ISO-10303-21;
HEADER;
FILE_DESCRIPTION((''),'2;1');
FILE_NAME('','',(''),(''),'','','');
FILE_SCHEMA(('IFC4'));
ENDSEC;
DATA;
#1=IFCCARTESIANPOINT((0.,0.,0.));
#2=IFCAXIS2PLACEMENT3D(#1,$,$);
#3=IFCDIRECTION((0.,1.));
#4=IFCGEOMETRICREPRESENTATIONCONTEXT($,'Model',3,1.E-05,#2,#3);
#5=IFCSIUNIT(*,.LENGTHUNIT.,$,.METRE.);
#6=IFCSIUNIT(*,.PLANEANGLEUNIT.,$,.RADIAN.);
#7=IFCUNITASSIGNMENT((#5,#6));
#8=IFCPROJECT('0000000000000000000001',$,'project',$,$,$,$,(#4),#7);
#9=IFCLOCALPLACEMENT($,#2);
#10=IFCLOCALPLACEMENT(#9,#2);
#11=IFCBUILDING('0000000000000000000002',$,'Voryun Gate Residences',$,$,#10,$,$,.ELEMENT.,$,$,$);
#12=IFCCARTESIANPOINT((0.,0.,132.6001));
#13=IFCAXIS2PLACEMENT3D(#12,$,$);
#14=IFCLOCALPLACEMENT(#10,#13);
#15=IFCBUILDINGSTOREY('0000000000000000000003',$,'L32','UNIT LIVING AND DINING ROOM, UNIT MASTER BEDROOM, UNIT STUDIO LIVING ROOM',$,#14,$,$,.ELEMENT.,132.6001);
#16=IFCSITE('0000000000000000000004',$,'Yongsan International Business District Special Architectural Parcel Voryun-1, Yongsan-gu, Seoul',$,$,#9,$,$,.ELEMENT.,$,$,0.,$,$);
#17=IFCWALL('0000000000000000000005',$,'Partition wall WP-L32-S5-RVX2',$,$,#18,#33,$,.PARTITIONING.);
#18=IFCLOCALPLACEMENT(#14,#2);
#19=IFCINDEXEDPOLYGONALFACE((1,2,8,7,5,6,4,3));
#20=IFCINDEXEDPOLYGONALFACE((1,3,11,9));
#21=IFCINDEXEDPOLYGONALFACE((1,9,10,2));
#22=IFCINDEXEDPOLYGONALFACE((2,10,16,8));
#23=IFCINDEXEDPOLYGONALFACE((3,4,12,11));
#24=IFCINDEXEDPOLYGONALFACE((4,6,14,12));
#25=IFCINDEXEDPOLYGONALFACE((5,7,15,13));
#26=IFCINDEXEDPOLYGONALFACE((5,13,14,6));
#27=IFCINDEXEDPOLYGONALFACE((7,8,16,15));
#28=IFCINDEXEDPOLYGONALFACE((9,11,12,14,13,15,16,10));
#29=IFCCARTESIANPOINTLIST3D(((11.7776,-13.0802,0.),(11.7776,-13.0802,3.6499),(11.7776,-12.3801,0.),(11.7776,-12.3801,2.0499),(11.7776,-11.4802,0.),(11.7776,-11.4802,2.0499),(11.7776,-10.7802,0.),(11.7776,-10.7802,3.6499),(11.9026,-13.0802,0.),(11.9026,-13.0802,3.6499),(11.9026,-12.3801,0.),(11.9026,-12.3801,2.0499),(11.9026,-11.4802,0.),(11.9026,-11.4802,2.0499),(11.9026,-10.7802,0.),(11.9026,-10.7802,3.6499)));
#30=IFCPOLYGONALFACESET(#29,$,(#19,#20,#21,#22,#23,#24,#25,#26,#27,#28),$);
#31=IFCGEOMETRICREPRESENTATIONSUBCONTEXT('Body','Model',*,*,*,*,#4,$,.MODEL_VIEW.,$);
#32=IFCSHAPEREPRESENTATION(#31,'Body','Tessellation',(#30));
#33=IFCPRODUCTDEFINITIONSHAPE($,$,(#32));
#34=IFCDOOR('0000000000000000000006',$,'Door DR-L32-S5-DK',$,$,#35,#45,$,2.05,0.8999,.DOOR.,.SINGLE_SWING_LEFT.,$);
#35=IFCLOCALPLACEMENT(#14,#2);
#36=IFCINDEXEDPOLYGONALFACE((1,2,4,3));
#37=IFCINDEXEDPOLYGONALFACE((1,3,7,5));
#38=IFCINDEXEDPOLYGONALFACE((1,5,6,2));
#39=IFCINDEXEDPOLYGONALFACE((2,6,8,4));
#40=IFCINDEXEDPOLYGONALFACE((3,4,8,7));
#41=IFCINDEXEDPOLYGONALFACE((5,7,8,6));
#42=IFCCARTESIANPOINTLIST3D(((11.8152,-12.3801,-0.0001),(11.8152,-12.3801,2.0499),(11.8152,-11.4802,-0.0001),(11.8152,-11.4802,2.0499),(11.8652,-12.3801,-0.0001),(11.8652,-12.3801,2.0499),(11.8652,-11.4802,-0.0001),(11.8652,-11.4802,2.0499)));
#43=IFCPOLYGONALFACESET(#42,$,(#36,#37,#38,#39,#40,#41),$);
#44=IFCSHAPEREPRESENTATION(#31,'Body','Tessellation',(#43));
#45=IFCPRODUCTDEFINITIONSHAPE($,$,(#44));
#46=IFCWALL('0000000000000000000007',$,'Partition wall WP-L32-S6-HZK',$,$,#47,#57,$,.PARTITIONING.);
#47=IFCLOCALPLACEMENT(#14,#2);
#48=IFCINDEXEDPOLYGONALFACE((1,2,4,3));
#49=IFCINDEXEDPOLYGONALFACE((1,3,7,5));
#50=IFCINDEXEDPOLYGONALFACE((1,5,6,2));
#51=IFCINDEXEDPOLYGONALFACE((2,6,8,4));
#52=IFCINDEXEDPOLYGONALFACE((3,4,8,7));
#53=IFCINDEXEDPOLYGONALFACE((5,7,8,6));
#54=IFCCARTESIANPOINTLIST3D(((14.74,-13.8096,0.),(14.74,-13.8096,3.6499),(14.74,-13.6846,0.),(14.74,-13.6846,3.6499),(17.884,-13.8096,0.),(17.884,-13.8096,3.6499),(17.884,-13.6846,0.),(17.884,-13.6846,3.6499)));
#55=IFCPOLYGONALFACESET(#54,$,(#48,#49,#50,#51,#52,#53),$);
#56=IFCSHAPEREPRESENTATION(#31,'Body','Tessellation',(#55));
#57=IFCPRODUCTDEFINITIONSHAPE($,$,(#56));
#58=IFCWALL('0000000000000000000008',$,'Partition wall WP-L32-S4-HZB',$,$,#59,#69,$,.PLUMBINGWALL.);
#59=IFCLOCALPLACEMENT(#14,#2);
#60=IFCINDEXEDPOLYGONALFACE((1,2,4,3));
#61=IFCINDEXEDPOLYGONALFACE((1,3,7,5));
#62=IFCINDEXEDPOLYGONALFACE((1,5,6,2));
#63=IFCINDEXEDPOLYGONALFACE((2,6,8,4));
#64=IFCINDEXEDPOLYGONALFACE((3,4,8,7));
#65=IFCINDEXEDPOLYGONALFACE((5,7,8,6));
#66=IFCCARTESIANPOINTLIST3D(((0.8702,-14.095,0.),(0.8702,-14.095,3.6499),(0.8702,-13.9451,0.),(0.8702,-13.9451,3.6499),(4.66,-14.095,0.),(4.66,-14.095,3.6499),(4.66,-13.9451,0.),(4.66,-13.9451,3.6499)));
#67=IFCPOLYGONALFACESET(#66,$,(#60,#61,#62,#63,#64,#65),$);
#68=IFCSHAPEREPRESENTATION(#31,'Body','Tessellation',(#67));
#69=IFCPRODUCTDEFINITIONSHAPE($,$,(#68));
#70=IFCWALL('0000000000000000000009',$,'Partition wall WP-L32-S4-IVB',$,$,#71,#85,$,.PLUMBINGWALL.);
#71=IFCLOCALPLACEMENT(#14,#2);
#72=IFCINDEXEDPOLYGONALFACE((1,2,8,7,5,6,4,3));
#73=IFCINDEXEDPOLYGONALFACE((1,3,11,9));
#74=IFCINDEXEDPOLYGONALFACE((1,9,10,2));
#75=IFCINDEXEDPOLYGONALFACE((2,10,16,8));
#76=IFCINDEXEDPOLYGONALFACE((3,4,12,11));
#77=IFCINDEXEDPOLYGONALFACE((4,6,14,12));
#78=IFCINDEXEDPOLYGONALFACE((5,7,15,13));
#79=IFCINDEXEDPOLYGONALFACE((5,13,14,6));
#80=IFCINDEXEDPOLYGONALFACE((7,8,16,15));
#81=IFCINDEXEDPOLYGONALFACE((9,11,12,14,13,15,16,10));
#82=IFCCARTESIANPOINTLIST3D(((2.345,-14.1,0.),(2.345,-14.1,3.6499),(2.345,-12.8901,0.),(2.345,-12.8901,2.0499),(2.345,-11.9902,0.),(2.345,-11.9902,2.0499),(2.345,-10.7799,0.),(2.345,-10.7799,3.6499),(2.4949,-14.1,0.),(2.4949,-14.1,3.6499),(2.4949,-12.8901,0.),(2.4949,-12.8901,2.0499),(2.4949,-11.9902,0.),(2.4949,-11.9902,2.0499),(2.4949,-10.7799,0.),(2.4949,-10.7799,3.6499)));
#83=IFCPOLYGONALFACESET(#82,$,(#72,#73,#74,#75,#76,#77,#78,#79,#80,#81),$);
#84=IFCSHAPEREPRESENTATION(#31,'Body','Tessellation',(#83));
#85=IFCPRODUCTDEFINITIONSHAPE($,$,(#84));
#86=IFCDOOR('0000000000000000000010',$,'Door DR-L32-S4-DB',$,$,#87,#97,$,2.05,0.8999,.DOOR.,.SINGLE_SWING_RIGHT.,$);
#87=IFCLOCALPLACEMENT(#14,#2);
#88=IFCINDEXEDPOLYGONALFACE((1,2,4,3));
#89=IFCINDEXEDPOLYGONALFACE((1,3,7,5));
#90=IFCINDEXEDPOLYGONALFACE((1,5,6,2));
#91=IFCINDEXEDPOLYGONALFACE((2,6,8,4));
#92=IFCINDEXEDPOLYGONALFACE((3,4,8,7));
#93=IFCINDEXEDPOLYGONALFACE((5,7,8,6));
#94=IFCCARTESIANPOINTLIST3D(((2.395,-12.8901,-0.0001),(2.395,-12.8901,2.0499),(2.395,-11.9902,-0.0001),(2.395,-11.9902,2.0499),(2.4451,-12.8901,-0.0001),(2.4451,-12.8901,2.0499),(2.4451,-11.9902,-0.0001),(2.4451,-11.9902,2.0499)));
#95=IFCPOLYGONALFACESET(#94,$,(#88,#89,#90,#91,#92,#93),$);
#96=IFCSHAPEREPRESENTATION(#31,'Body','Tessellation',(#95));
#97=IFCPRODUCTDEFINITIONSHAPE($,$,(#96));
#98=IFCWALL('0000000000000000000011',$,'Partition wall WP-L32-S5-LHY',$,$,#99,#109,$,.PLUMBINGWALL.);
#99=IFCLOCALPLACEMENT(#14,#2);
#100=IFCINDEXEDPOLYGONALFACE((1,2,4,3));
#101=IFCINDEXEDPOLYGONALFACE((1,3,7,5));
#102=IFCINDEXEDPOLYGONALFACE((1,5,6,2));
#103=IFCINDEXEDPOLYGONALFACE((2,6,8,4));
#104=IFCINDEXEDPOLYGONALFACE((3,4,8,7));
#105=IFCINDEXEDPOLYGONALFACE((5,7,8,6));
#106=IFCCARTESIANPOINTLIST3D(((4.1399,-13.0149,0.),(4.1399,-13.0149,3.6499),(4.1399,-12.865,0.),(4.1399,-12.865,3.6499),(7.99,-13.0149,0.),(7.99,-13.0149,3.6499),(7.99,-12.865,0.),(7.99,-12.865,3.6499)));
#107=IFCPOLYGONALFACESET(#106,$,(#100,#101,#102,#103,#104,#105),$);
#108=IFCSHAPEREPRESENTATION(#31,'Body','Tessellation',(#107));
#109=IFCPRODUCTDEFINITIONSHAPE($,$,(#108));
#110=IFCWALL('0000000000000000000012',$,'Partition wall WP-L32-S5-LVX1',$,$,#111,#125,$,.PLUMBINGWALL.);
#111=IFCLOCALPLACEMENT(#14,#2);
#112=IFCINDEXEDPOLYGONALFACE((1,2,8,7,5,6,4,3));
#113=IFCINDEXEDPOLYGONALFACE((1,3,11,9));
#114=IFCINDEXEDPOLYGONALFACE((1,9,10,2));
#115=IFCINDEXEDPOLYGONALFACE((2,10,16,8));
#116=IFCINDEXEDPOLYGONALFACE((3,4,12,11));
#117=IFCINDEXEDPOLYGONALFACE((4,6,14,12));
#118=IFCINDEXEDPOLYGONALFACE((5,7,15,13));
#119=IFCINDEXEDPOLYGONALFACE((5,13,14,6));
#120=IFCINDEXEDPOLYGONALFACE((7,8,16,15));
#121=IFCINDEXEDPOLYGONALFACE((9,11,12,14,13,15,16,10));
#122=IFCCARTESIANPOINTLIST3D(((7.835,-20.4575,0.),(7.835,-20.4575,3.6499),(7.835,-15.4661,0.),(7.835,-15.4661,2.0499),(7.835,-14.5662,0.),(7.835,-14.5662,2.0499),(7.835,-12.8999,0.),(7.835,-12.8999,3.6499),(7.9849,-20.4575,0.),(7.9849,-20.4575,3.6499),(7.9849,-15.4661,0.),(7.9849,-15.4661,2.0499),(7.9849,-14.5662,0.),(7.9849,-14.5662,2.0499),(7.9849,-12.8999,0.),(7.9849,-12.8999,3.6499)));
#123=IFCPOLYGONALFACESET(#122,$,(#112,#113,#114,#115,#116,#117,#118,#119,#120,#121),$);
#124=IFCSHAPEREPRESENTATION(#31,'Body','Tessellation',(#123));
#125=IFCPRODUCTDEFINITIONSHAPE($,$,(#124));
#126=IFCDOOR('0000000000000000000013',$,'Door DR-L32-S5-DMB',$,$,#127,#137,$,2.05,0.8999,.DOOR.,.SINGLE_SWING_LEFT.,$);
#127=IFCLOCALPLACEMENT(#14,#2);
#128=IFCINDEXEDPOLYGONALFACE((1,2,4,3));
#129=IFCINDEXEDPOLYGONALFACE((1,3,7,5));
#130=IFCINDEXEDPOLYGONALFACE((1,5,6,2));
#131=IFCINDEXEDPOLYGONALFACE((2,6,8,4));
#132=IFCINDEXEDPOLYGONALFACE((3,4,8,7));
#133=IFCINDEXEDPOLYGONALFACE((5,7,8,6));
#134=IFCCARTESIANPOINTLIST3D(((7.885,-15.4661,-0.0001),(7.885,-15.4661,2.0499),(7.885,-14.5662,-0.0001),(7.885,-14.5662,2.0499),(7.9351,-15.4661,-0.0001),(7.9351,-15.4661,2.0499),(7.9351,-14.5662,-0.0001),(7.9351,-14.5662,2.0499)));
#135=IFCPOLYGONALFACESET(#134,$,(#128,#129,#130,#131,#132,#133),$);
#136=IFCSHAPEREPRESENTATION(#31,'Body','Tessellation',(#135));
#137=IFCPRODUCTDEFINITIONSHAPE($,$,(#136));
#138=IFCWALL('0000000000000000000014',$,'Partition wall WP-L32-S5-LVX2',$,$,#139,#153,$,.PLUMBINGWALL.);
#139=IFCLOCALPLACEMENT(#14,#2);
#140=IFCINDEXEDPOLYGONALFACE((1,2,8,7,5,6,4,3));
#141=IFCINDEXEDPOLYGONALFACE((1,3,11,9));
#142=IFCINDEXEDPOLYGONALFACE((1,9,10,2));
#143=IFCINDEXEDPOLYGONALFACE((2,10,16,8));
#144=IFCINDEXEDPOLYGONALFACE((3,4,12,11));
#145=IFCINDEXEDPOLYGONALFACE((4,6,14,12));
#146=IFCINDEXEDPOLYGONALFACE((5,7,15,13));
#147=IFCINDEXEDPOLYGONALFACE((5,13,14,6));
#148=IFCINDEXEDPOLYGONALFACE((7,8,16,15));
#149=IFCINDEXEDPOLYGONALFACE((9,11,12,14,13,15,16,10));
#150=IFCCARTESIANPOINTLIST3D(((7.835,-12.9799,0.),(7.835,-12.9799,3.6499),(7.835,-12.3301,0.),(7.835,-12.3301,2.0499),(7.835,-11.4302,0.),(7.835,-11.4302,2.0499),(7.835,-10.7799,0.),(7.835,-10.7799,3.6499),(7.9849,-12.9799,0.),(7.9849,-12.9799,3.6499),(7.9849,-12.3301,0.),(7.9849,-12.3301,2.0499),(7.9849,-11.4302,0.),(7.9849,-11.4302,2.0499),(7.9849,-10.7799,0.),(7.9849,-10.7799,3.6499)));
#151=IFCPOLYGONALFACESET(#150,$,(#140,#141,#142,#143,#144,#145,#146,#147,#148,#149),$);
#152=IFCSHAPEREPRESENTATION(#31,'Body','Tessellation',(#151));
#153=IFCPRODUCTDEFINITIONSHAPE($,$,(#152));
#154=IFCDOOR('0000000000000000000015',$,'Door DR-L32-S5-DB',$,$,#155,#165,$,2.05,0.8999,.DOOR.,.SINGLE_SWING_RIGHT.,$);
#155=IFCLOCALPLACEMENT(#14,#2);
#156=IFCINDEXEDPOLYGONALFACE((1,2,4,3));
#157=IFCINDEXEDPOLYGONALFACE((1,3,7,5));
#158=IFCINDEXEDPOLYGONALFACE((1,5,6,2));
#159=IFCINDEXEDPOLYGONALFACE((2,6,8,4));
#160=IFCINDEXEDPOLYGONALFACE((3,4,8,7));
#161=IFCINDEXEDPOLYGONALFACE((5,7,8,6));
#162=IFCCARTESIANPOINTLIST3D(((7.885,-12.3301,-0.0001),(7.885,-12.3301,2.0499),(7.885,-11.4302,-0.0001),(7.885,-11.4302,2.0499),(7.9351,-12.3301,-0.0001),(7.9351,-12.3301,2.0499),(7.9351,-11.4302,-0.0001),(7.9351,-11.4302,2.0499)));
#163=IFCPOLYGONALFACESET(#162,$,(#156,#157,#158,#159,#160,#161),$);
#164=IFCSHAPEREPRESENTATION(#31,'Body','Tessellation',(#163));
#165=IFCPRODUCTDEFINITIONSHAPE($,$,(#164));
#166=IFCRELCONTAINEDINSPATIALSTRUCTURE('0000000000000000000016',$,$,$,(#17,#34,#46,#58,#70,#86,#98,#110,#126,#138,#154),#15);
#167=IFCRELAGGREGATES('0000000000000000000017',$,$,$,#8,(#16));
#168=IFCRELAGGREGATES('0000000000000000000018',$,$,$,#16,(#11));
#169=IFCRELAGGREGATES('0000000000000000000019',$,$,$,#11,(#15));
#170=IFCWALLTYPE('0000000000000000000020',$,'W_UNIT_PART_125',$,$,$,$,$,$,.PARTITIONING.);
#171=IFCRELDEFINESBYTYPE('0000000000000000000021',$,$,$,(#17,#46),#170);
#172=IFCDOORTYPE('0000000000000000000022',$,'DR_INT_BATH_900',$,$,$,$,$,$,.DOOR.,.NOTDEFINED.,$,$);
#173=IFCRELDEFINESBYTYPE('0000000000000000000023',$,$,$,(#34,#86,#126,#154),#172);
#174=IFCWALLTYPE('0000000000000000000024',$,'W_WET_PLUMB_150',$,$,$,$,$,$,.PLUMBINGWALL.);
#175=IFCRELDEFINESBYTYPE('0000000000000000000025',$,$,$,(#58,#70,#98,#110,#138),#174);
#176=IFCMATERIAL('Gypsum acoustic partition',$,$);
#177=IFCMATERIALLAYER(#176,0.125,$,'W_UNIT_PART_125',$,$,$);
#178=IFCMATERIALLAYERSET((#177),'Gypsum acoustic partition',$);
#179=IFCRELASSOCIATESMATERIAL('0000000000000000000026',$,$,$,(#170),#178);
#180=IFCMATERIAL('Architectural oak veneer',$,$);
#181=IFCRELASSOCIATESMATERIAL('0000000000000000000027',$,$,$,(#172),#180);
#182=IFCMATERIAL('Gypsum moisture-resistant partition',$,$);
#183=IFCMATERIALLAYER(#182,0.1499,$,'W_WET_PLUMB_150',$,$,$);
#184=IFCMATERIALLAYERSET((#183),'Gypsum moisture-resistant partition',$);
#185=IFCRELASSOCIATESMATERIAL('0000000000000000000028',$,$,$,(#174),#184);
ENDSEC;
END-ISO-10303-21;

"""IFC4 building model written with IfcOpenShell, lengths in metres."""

from ifc_helpers import new_model, si_unit, direction, frame, frame_2d, origin, place, context, subcontext, project, spatial, rectangle, extrude, material, layer, layer_set, type_object, element, fill, save


model = new_model("IFC4")

# Units and contexts
model_context = context("Model", 3, precision=1e-05, world=origin(), true_north=direction((0.0, 1.0)))
body_context = subcontext(model_context, "Body", "Model", "MODEL_VIEW")
ifc_project = project(units=[si_unit("LENGTHUNIT", "METRE"), si_unit("PLANEANGLEUNIT", "RADIAN")], contexts=[model_context])

# Site, building, storey
site_placement = place(None, origin())
site = spatial("IfcSite", under=ifc_project, at=site_placement, Name="Yongsan International Business District Special Architectural Parcel Voryun-1, Yongsan-gu, Seoul", CompositionType="ELEMENT", RefElevation=0.0)
building_placement = place(site_placement, origin())
building = spatial("IfcBuilding", under=site, at=building_placement, Name="Voryun Gate Residences", CompositionType="ELEMENT")
storey_placement = place(building_placement, frame((0.0, 0.0, 132.6001)))
storey = spatial("IfcBuildingStorey", under=building, at=storey_placement, Name="L32", Description="UNIT LIVING AND DINING ROOM, UNIT MASTER BEDROOM, UNIT STUDIO LIVING ROOM", CompositionType="ELEMENT", Elevation=132.6001)

# Shared definitions
ifc_material_1 = material(Name="Gypsum acoustic partition")
ifc_layer_1 = layer(ifc_material_1, 0.125, Name="W_UNIT_PART_125")
ifc_layer_set_1 = layer_set([ifc_layer_1], Name="Gypsum acoustic partition")
wall_type_1 = type_object("IfcWallType", Name="W_UNIT_PART_125", PredefinedType="PARTITIONING", material=ifc_layer_set_1)
ifc_material_2 = material(Name="Architectural oak veneer")
door_type_1 = type_object("IfcDoorType", Name="DR_INT_BATH_900", OperationType="NOTDEFINED", PredefinedType="DOOR", material=ifc_material_2)

# Wall, opening, door
wall_1_placement = place(storey_placement, frame((11.8401, -13.0801, 0.0), z_axis=(0.0, 0.0, 1.0), x_axis=(0.0, 1.0, 0.0)))
wall_1 = element("IfcWall", 1, at=wall_1_placement, inside=storey, type_object=wall_type_1, Name="Partition wall WP-L32-S5-RVX2", PredefinedType="PARTITIONING", context=body_context, shape_type="SweptSolid", body=[
    extrude(rectangle(XDim=2.3, YDim=0.125, at=frame_2d((1.1499, 0.0))), origin(), (0.0, 0.0, 1.0), 3.6499),
])
opening_1_placement = place(wall_1_placement, frame((0.7, 0.0, 0.0)))
opening_1 = element("IfcOpeningElement", 2, at=opening_1_placement, cuts=wall_1, PredefinedType="OPENING", context=body_context, shape_type="SweptSolid", body=[
    extrude(rectangle(XDim=0.8999, YDim=2.05, at=frame_2d((0.45, 1.0249))), frame((0.0, 0.0725, 0.0), z_axis=(0.0, -1.0, 0.0), x_axis=(1.0, 0.0, 0.0)), (0.0, 0.0, 1.0), 0.145),
])
door_1_placement = place(opening_1_placement, origin())
door_1 = element("IfcDoor", 3, at=door_1_placement, inside=storey, type_object=door_type_1, Name="Door DR-L32-S5-DK", OperationType="SINGLE_SWING_LEFT", OverallHeight=2.05, OverallWidth=0.8999, PredefinedType="DOOR", context=body_context, shape_type="SweptSolid", body=[
    extrude(rectangle(XDim=0.8999, YDim=2.05, at=frame_2d((0.45, 1.0249))), frame((0.0, 0.0249, 0.0), z_axis=(0.0, -1.0, 0.0), x_axis=(1.0, 0.0, 0.0)), (0.0, 0.0, 1.0), 0.05),
])
fill(opening_1, door_1)

# Walls
wall_2_placement = place(storey_placement, frame((14.74, -13.7471, 0.0), z_axis=(0.0, 0.0, 1.0), x_axis=(1.0, 0.0, 0.0)))
element("IfcWall", 4, at=wall_2_placement, inside=storey, type_object=wall_type_1, Name="Partition wall WP-L32-S6-HZK", PredefinedType="PARTITIONING", context=body_context, shape_type="SweptSolid", body=[
    extrude(rectangle(XDim=3.144, YDim=0.125, at=frame_2d((1.572, 0.0))), origin(), (0.0, 0.0, 1.0), 3.6499),
])
ifc_material_3 = material(Name="Gypsum moisture-resistant partition")
ifc_layer_2 = layer(ifc_material_3, 0.1499, Name="W_WET_PLUMB_150")
ifc_layer_set_2 = layer_set([ifc_layer_2], Name="Gypsum moisture-resistant partition")
wall_type_2 = type_object("IfcWallType", Name="W_WET_PLUMB_150", PredefinedType="PLUMBINGWALL", material=ifc_layer_set_2)
wall_3_placement = place(storey_placement, frame((0.8701, -14.02, 0.0), z_axis=(0.0, 0.0, 1.0), x_axis=(1.0, 0.0, 0.0)))
element("IfcWall", 5, at=wall_3_placement, inside=storey, type_object=wall_type_2, Name="Partition wall WP-L32-S4-HZB", PredefinedType="PLUMBINGWALL", context=body_context, shape_type="SweptSolid", body=[
    extrude(rectangle(XDim=3.7898, YDim=0.1499, at=frame_2d((1.895, 0.0))), origin(), (0.0, 0.0, 1.0), 3.6499),
])

# Wall, opening, door
wall_4_placement = place(storey_placement, frame((2.4199, -14.1001, 0.0), z_axis=(0.0, 0.0, 1.0), x_axis=(0.0, 1.0, 0.0)))
wall_4 = element("IfcWall", 6, at=wall_4_placement, inside=storey, type_object=wall_type_2, Name="Partition wall WP-L32-S4-IVB", PredefinedType="PLUMBINGWALL", context=body_context, shape_type="SweptSolid", body=[
    extrude(rectangle(XDim=3.3201, YDim=0.1499, at=frame_2d((1.6602, 0.0))), origin(), (0.0, 0.0, 1.0), 3.6499),
])
opening_2_placement = place(wall_4_placement, frame((1.21, 0.0, 0.0)))
opening_2 = element("IfcOpeningElement", 7, at=opening_2_placement, cuts=wall_4, PredefinedType="OPENING", context=body_context, shape_type="SweptSolid", body=[
    extrude(rectangle(XDim=0.8999, YDim=2.05, at=frame_2d((0.45, 1.0249))), frame((0.0, 0.085, 0.0), z_axis=(0.0, -1.0, 0.0), x_axis=(1.0, 0.0, 0.0)), (0.0, 0.0, 1.0), 0.1699),
])
door_2_placement = place(opening_2_placement, origin())
door_2 = element("IfcDoor", 8, at=door_2_placement, inside=storey, type_object=door_type_1, Name="Door DR-L32-S4-DB", OperationType="SINGLE_SWING_RIGHT", OverallHeight=2.05, OverallWidth=0.8999, PredefinedType="DOOR", context=body_context, shape_type="SweptSolid", body=[
    extrude(rectangle(XDim=0.8999, YDim=2.05, at=frame_2d((0.45, 1.0249))), frame((0.0, 0.0249, 0.0), z_axis=(0.0, -1.0, 0.0), x_axis=(1.0, 0.0, 0.0)), (0.0, 0.0, 1.0), 0.05),
])
fill(opening_2, door_2)

# Wall
wall_5_placement = place(storey_placement, frame((4.1399, -12.9399, 0.0), z_axis=(0.0, 0.0, 1.0), x_axis=(1.0, 0.0, 0.0)))
element("IfcWall", 9, at=wall_5_placement, inside=storey, type_object=wall_type_2, Name="Partition wall WP-L32-S5-LHY", PredefinedType="PLUMBINGWALL", context=body_context, shape_type="SweptSolid", body=[
    extrude(rectangle(XDim=3.8501, YDim=0.1499, at=frame_2d((1.925, 0.0))), origin(), (0.0, 0.0, 1.0), 3.6499),
])

# Walls, openings, doors
wall_6_placement = place(storey_placement, frame((7.9099, -20.4575, 0.0), z_axis=(0.0, 0.0, 1.0), x_axis=(0.0, 1.0, 0.0)))
wall_6 = element("IfcWall", 10, at=wall_6_placement, inside=storey, type_object=wall_type_2, Name="Partition wall WP-L32-S5-LVX1", PredefinedType="PLUMBINGWALL", context=body_context, shape_type="SweptSolid", body=[
    extrude(rectangle(XDim=7.5576, YDim=0.1499, at=frame_2d((3.7788, 0.0))), origin(), (0.0, 0.0, 1.0), 3.6499),
])
opening_3_placement = place(wall_6_placement, frame((4.9915, 0.0, 0.0)))
opening_3 = element("IfcOpeningElement", 11, at=opening_3_placement, cuts=wall_6, PredefinedType="OPENING", context=body_context, shape_type="SweptSolid", body=[
    extrude(rectangle(XDim=0.8999, YDim=2.05, at=frame_2d((0.45, 1.0249))), frame((0.0, 0.085, 0.0), z_axis=(0.0, -1.0, 0.0), x_axis=(1.0, 0.0, 0.0)), (0.0, 0.0, 1.0), 0.1699),
])
door_3_placement = place(opening_3_placement, origin())
door_3 = element("IfcDoor", 12, at=door_3_placement, inside=storey, type_object=door_type_1, Name="Door DR-L32-S5-DMB", OperationType="SINGLE_SWING_LEFT", OverallHeight=2.05, OverallWidth=0.8999, PredefinedType="DOOR", context=body_context, shape_type="SweptSolid", body=[
    extrude(rectangle(XDim=0.8999, YDim=2.05, at=frame_2d((0.45, 1.0249))), frame((0.0, 0.0249, 0.0), z_axis=(0.0, -1.0, 0.0), x_axis=(1.0, 0.0, 0.0)), (0.0, 0.0, 1.0), 0.05),
])
fill(opening_3, door_3)
wall_7_placement = place(storey_placement, frame((7.9099, -12.98, 0.0), z_axis=(0.0, 0.0, 1.0), x_axis=(0.0, 1.0, 0.0)))
wall_7 = element("IfcWall", 13, at=wall_7_placement, inside=storey, type_object=wall_type_2, Name="Partition wall WP-L32-S5-LVX2", PredefinedType="PLUMBINGWALL", context=body_context, shape_type="SweptSolid", body=[
    extrude(rectangle(XDim=2.2, YDim=0.1499, at=frame_2d((1.1001, 0.0))), origin(), (0.0, 0.0, 1.0), 3.6499),
])
opening_4_placement = place(wall_7_placement, frame((0.6499, 0.0, 0.0)))
opening_4 = element("IfcOpeningElement", 14, at=opening_4_placement, cuts=wall_7, PredefinedType="OPENING", context=body_context, shape_type="SweptSolid", body=[
    extrude(rectangle(XDim=0.8999, YDim=2.05, at=frame_2d((0.45, 1.0249))), frame((0.0, 0.085, 0.0), z_axis=(0.0, -1.0, 0.0), x_axis=(1.0, 0.0, 0.0)), (0.0, 0.0, 1.0), 0.1699),
])
door_4_placement = place(opening_4_placement, origin())
door_4 = element("IfcDoor", 15, at=door_4_placement, inside=storey, type_object=door_type_1, Name="Door DR-L32-S5-DB", OperationType="SINGLE_SWING_RIGHT", OverallHeight=2.05, OverallWidth=0.8999, PredefinedType="DOOR", context=body_context, shape_type="SweptSolid", body=[
    extrude(rectangle(XDim=0.8999, YDim=2.05, at=frame_2d((0.45, 1.0249))), frame((0.0, 0.0249, 0.0), z_axis=(0.0, -1.0, 0.0), x_axis=(1.0, 0.0, 0.0)), (0.0, 0.0, 1.0), 0.05),
])
fill(opening_4, door_4)

save(model, "model.ifc")
